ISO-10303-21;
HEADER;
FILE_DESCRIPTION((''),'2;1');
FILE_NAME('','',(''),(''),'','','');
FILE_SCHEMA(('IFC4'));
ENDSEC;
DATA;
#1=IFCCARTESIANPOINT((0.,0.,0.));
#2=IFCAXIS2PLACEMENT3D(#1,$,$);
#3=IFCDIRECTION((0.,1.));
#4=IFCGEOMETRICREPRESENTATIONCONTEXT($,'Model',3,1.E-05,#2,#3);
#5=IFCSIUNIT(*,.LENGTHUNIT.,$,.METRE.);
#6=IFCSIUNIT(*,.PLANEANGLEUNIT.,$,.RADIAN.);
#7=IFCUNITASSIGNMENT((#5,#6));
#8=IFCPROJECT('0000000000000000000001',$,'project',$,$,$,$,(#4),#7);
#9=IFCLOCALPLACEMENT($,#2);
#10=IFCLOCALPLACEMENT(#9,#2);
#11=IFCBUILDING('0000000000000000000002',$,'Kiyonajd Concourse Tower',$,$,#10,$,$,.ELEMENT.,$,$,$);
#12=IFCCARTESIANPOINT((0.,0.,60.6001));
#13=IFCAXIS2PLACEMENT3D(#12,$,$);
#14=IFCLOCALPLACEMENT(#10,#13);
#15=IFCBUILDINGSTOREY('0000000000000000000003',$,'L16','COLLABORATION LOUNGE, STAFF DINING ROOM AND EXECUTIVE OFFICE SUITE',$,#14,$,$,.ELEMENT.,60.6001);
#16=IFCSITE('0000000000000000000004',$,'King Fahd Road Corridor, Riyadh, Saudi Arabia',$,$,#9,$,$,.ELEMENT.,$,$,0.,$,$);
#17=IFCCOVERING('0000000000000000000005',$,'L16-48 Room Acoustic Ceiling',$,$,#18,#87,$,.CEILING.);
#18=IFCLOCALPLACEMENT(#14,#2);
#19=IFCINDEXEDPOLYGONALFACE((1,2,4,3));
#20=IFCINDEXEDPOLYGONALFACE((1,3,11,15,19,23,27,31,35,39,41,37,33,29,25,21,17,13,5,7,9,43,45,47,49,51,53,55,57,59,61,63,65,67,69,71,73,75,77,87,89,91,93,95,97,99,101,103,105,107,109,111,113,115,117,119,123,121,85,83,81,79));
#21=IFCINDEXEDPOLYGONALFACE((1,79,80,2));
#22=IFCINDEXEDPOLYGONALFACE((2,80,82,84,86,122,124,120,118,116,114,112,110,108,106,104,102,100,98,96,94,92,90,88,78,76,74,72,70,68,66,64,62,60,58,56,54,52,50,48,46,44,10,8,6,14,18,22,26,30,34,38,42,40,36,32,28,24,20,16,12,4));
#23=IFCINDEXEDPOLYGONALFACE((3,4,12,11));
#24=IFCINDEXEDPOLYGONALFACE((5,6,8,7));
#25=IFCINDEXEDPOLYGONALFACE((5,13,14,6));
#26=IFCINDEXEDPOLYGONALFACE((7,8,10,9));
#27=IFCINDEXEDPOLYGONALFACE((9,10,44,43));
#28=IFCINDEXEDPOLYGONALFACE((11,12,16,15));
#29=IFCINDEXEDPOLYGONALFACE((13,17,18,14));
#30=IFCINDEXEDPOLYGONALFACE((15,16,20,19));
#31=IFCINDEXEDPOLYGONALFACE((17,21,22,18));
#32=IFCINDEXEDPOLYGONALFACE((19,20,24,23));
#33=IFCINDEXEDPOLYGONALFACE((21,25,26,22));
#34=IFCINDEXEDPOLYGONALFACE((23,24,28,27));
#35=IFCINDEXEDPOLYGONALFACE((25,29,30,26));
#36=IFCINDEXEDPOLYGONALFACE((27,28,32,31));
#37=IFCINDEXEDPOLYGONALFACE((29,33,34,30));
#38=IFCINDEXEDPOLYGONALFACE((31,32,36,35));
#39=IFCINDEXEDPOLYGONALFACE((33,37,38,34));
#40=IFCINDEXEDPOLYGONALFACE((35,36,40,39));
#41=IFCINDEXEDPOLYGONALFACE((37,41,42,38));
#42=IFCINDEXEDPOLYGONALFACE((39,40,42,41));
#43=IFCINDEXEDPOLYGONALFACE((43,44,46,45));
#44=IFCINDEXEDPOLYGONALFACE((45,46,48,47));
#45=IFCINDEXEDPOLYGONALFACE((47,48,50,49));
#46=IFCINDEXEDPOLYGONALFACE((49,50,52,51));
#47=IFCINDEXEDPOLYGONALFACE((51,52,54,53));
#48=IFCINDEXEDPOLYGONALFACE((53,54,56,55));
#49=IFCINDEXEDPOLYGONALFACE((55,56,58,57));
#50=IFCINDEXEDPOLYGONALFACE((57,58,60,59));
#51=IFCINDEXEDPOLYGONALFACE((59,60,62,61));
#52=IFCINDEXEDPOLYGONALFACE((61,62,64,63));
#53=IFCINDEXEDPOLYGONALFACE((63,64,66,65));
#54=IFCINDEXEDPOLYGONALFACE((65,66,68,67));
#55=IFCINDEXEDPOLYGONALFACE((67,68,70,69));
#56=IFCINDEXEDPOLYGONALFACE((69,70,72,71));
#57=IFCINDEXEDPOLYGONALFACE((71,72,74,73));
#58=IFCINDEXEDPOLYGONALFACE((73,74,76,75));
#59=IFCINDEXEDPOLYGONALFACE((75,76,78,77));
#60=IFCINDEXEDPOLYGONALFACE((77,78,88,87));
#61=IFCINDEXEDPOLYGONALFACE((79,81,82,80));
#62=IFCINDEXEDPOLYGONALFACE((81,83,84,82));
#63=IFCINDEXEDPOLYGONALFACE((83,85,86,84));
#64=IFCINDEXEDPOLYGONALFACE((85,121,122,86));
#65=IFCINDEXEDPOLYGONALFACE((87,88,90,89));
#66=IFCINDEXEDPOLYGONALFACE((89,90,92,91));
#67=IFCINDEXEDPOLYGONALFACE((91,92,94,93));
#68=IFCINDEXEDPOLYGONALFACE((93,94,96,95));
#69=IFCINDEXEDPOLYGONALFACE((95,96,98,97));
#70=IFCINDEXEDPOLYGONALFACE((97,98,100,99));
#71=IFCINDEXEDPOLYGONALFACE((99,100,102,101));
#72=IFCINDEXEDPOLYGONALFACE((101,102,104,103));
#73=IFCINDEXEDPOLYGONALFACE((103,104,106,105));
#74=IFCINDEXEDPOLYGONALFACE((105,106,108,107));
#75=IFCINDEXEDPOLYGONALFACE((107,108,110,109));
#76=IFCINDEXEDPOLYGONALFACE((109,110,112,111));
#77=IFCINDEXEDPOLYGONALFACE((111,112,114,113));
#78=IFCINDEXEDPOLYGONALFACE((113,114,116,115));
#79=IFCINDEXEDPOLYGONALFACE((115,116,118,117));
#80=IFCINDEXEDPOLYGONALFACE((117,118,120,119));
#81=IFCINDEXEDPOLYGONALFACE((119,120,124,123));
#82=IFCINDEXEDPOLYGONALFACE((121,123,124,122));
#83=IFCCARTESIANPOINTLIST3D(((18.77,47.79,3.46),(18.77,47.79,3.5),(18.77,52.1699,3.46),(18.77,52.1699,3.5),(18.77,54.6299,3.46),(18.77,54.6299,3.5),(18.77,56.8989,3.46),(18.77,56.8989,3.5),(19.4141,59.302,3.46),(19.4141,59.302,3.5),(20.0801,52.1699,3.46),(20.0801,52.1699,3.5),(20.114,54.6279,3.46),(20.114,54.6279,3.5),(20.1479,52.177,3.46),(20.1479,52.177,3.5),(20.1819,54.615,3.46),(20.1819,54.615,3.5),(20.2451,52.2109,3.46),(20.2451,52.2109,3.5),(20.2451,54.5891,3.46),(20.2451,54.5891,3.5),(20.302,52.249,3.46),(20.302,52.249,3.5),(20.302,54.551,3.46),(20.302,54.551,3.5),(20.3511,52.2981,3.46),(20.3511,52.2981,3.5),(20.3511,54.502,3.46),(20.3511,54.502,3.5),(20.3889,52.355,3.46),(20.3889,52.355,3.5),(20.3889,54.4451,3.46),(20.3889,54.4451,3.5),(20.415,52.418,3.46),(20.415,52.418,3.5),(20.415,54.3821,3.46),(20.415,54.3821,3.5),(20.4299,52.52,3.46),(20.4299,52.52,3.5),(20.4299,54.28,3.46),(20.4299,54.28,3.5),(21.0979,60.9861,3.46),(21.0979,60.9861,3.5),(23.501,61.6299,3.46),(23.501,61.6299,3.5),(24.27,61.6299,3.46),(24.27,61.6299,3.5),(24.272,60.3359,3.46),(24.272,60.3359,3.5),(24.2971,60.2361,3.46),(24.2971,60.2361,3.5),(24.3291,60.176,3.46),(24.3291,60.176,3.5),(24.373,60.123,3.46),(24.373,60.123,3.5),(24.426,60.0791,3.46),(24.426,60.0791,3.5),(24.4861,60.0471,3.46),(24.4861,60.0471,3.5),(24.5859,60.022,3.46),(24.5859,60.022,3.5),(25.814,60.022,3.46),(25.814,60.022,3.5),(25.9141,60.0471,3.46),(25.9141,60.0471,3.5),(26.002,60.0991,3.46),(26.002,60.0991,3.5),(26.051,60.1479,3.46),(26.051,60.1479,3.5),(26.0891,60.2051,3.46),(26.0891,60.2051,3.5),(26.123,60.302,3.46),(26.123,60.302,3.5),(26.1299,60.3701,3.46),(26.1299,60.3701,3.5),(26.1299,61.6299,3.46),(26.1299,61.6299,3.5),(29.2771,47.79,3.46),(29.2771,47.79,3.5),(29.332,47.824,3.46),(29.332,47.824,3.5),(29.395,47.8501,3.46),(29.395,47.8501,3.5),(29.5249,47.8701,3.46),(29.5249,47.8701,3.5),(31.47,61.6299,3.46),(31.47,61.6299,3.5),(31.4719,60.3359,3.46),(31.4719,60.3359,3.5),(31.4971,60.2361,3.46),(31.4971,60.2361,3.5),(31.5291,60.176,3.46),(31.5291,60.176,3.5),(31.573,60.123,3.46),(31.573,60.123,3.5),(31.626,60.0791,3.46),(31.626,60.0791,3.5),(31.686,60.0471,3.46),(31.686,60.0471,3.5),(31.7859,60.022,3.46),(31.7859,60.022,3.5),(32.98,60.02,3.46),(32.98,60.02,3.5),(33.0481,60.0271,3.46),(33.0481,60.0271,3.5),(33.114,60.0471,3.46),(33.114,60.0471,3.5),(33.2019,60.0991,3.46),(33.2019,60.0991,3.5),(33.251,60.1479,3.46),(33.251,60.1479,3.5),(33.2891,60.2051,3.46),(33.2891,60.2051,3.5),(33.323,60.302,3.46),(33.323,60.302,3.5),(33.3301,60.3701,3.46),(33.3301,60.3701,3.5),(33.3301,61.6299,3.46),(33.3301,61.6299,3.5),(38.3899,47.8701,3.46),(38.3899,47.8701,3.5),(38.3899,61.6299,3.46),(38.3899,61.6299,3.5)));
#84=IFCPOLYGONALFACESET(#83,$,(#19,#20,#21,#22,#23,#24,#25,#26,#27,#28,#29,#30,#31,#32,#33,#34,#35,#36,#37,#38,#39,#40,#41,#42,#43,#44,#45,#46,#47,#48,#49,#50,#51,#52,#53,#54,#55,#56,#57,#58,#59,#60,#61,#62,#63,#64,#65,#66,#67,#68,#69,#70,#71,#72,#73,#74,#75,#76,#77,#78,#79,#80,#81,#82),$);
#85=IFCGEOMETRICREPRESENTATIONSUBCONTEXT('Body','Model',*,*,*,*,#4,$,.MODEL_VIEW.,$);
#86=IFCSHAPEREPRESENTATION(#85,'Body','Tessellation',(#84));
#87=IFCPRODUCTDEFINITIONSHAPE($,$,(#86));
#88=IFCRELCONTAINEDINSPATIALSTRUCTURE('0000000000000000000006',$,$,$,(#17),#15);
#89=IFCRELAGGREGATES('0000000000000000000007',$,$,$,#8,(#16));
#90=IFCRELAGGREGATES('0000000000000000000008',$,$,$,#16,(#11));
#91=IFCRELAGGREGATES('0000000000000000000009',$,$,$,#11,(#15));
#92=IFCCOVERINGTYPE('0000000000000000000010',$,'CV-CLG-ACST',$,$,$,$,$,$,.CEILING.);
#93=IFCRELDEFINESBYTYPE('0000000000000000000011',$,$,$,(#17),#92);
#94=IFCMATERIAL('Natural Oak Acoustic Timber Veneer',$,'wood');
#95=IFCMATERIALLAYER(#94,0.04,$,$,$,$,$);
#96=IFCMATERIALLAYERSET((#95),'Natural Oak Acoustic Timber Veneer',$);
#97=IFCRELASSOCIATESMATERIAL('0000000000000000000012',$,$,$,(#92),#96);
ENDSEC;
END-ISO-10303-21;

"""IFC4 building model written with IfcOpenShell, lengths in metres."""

from ifc_helpers import new_model, si_unit, direction, frame, origin, place, context, subcontext, project, spatial, polyline, outline, extrude, material, layer, layer_set, type_object, element, save


model = new_model("IFC4")

# Units and contexts
model_context = context("Model", 3, precision=1e-05, world=origin(), true_north=direction((0.0, 1.0)))
body_context = subcontext(model_context, "Body", "Model", "MODEL_VIEW")
ifc_project = project(units=[si_unit("LENGTHUNIT", "METRE"), si_unit("PLANEANGLEUNIT", "RADIAN")], contexts=[model_context])

# Site, building, storey
site_placement = place(None, origin())
site = spatial("IfcSite", under=ifc_project, at=site_placement, Name="King Fahd Road Corridor, Riyadh, Saudi Arabia", CompositionType="ELEMENT", RefElevation=0.0)
building_placement = place(site_placement, origin())
building = spatial("IfcBuilding", under=site, at=building_placement, Name="Kiyonajd Concourse Tower", CompositionType="ELEMENT")
storey_placement = place(building_placement, frame((0.0, 0.0, 60.6001)))
storey = spatial("IfcBuildingStorey", under=building, at=storey_placement, Name="L16", Description="COLLABORATION LOUNGE, STAFF DINING ROOM AND EXECUTIVE OFFICE SUITE", CompositionType="ELEMENT", Elevation=60.6001)

# Covering
ifc_material_1 = material(Name="Natural Oak Acoustic Timber Veneer", Category="wood")
ifc_layer_1 = layer(ifc_material_1, 0.04)
ifc_layer_set_1 = layer_set([ifc_layer_1], Name="Natural Oak Acoustic Timber Veneer")
covering_type = type_object("IfcCoveringType", Name="CV-CLG-ACST", PredefinedType="CEILING", material=ifc_layer_set_1)
covering_1_placement = place(storey_placement, frame((0.0, 0.0, 3.46)))
element("IfcCovering", 1, at=covering_1_placement, inside=storey, type_object=covering_type, Name="L16-48 Room Acoustic Ceiling", PredefinedType="CEILING", context=body_context, shape_type="SweptSolid", body=[
    extrude(outline(polyline([(21.0979, 60.9861), (23.501, 61.6299), (24.27, 61.6299), (24.272, 60.3359), (24.2971, 60.2361), (24.3291, 60.176), (24.373, 60.123), (24.426, 60.0791), (24.4861, 60.0471), (24.5859, 60.022), (25.814, 60.022), (25.9141, 60.0471), (26.002, 60.0991), (26.051, 60.1479), (26.0891, 60.2051), (26.123, 60.302), (26.1299, 60.3701), (26.1299, 61.6299), (31.47, 61.6299), (31.4719, 60.3359), (31.4971, 60.2361), (31.5291, 60.176), (31.573, 60.123), (31.626, 60.0791), (31.686, 60.0471), (31.7859, 60.022), (32.98, 60.02), (33.0481, 60.0271), (33.114, 60.0471), (33.2019, 60.0991), (33.251, 60.1479), (33.2891, 60.2051), (33.323, 60.302), (33.3301, 60.3701), (33.3301, 61.6299), (38.3899, 61.6299), (38.3899, 47.8701), (29.5249, 47.8701), (29.395, 47.8501), (29.332, 47.824), (29.2771, 47.79), (18.77, 47.79), (18.77, 52.1699), (20.0801, 52.1699), (20.1479, 52.177), (20.2451, 52.2109), (20.302, 52.249), (20.3511, 52.2981), (20.3889, 52.355), (20.415, 52.418), (20.4299, 52.52), (20.4299, 54.28), (20.415, 54.3821), (20.3889, 54.4451), (20.3511, 54.502), (20.302, 54.551), (20.2451, 54.5891), (20.1819, 54.615), (20.114, 54.6279), (18.77, 54.6299), (18.77, 56.8989), (19.4141, 59.302), (21.0979, 60.9861)])), origin(), (0.0, 0.0, 1.0), 0.04),
])

save(model, "model.ifc")
